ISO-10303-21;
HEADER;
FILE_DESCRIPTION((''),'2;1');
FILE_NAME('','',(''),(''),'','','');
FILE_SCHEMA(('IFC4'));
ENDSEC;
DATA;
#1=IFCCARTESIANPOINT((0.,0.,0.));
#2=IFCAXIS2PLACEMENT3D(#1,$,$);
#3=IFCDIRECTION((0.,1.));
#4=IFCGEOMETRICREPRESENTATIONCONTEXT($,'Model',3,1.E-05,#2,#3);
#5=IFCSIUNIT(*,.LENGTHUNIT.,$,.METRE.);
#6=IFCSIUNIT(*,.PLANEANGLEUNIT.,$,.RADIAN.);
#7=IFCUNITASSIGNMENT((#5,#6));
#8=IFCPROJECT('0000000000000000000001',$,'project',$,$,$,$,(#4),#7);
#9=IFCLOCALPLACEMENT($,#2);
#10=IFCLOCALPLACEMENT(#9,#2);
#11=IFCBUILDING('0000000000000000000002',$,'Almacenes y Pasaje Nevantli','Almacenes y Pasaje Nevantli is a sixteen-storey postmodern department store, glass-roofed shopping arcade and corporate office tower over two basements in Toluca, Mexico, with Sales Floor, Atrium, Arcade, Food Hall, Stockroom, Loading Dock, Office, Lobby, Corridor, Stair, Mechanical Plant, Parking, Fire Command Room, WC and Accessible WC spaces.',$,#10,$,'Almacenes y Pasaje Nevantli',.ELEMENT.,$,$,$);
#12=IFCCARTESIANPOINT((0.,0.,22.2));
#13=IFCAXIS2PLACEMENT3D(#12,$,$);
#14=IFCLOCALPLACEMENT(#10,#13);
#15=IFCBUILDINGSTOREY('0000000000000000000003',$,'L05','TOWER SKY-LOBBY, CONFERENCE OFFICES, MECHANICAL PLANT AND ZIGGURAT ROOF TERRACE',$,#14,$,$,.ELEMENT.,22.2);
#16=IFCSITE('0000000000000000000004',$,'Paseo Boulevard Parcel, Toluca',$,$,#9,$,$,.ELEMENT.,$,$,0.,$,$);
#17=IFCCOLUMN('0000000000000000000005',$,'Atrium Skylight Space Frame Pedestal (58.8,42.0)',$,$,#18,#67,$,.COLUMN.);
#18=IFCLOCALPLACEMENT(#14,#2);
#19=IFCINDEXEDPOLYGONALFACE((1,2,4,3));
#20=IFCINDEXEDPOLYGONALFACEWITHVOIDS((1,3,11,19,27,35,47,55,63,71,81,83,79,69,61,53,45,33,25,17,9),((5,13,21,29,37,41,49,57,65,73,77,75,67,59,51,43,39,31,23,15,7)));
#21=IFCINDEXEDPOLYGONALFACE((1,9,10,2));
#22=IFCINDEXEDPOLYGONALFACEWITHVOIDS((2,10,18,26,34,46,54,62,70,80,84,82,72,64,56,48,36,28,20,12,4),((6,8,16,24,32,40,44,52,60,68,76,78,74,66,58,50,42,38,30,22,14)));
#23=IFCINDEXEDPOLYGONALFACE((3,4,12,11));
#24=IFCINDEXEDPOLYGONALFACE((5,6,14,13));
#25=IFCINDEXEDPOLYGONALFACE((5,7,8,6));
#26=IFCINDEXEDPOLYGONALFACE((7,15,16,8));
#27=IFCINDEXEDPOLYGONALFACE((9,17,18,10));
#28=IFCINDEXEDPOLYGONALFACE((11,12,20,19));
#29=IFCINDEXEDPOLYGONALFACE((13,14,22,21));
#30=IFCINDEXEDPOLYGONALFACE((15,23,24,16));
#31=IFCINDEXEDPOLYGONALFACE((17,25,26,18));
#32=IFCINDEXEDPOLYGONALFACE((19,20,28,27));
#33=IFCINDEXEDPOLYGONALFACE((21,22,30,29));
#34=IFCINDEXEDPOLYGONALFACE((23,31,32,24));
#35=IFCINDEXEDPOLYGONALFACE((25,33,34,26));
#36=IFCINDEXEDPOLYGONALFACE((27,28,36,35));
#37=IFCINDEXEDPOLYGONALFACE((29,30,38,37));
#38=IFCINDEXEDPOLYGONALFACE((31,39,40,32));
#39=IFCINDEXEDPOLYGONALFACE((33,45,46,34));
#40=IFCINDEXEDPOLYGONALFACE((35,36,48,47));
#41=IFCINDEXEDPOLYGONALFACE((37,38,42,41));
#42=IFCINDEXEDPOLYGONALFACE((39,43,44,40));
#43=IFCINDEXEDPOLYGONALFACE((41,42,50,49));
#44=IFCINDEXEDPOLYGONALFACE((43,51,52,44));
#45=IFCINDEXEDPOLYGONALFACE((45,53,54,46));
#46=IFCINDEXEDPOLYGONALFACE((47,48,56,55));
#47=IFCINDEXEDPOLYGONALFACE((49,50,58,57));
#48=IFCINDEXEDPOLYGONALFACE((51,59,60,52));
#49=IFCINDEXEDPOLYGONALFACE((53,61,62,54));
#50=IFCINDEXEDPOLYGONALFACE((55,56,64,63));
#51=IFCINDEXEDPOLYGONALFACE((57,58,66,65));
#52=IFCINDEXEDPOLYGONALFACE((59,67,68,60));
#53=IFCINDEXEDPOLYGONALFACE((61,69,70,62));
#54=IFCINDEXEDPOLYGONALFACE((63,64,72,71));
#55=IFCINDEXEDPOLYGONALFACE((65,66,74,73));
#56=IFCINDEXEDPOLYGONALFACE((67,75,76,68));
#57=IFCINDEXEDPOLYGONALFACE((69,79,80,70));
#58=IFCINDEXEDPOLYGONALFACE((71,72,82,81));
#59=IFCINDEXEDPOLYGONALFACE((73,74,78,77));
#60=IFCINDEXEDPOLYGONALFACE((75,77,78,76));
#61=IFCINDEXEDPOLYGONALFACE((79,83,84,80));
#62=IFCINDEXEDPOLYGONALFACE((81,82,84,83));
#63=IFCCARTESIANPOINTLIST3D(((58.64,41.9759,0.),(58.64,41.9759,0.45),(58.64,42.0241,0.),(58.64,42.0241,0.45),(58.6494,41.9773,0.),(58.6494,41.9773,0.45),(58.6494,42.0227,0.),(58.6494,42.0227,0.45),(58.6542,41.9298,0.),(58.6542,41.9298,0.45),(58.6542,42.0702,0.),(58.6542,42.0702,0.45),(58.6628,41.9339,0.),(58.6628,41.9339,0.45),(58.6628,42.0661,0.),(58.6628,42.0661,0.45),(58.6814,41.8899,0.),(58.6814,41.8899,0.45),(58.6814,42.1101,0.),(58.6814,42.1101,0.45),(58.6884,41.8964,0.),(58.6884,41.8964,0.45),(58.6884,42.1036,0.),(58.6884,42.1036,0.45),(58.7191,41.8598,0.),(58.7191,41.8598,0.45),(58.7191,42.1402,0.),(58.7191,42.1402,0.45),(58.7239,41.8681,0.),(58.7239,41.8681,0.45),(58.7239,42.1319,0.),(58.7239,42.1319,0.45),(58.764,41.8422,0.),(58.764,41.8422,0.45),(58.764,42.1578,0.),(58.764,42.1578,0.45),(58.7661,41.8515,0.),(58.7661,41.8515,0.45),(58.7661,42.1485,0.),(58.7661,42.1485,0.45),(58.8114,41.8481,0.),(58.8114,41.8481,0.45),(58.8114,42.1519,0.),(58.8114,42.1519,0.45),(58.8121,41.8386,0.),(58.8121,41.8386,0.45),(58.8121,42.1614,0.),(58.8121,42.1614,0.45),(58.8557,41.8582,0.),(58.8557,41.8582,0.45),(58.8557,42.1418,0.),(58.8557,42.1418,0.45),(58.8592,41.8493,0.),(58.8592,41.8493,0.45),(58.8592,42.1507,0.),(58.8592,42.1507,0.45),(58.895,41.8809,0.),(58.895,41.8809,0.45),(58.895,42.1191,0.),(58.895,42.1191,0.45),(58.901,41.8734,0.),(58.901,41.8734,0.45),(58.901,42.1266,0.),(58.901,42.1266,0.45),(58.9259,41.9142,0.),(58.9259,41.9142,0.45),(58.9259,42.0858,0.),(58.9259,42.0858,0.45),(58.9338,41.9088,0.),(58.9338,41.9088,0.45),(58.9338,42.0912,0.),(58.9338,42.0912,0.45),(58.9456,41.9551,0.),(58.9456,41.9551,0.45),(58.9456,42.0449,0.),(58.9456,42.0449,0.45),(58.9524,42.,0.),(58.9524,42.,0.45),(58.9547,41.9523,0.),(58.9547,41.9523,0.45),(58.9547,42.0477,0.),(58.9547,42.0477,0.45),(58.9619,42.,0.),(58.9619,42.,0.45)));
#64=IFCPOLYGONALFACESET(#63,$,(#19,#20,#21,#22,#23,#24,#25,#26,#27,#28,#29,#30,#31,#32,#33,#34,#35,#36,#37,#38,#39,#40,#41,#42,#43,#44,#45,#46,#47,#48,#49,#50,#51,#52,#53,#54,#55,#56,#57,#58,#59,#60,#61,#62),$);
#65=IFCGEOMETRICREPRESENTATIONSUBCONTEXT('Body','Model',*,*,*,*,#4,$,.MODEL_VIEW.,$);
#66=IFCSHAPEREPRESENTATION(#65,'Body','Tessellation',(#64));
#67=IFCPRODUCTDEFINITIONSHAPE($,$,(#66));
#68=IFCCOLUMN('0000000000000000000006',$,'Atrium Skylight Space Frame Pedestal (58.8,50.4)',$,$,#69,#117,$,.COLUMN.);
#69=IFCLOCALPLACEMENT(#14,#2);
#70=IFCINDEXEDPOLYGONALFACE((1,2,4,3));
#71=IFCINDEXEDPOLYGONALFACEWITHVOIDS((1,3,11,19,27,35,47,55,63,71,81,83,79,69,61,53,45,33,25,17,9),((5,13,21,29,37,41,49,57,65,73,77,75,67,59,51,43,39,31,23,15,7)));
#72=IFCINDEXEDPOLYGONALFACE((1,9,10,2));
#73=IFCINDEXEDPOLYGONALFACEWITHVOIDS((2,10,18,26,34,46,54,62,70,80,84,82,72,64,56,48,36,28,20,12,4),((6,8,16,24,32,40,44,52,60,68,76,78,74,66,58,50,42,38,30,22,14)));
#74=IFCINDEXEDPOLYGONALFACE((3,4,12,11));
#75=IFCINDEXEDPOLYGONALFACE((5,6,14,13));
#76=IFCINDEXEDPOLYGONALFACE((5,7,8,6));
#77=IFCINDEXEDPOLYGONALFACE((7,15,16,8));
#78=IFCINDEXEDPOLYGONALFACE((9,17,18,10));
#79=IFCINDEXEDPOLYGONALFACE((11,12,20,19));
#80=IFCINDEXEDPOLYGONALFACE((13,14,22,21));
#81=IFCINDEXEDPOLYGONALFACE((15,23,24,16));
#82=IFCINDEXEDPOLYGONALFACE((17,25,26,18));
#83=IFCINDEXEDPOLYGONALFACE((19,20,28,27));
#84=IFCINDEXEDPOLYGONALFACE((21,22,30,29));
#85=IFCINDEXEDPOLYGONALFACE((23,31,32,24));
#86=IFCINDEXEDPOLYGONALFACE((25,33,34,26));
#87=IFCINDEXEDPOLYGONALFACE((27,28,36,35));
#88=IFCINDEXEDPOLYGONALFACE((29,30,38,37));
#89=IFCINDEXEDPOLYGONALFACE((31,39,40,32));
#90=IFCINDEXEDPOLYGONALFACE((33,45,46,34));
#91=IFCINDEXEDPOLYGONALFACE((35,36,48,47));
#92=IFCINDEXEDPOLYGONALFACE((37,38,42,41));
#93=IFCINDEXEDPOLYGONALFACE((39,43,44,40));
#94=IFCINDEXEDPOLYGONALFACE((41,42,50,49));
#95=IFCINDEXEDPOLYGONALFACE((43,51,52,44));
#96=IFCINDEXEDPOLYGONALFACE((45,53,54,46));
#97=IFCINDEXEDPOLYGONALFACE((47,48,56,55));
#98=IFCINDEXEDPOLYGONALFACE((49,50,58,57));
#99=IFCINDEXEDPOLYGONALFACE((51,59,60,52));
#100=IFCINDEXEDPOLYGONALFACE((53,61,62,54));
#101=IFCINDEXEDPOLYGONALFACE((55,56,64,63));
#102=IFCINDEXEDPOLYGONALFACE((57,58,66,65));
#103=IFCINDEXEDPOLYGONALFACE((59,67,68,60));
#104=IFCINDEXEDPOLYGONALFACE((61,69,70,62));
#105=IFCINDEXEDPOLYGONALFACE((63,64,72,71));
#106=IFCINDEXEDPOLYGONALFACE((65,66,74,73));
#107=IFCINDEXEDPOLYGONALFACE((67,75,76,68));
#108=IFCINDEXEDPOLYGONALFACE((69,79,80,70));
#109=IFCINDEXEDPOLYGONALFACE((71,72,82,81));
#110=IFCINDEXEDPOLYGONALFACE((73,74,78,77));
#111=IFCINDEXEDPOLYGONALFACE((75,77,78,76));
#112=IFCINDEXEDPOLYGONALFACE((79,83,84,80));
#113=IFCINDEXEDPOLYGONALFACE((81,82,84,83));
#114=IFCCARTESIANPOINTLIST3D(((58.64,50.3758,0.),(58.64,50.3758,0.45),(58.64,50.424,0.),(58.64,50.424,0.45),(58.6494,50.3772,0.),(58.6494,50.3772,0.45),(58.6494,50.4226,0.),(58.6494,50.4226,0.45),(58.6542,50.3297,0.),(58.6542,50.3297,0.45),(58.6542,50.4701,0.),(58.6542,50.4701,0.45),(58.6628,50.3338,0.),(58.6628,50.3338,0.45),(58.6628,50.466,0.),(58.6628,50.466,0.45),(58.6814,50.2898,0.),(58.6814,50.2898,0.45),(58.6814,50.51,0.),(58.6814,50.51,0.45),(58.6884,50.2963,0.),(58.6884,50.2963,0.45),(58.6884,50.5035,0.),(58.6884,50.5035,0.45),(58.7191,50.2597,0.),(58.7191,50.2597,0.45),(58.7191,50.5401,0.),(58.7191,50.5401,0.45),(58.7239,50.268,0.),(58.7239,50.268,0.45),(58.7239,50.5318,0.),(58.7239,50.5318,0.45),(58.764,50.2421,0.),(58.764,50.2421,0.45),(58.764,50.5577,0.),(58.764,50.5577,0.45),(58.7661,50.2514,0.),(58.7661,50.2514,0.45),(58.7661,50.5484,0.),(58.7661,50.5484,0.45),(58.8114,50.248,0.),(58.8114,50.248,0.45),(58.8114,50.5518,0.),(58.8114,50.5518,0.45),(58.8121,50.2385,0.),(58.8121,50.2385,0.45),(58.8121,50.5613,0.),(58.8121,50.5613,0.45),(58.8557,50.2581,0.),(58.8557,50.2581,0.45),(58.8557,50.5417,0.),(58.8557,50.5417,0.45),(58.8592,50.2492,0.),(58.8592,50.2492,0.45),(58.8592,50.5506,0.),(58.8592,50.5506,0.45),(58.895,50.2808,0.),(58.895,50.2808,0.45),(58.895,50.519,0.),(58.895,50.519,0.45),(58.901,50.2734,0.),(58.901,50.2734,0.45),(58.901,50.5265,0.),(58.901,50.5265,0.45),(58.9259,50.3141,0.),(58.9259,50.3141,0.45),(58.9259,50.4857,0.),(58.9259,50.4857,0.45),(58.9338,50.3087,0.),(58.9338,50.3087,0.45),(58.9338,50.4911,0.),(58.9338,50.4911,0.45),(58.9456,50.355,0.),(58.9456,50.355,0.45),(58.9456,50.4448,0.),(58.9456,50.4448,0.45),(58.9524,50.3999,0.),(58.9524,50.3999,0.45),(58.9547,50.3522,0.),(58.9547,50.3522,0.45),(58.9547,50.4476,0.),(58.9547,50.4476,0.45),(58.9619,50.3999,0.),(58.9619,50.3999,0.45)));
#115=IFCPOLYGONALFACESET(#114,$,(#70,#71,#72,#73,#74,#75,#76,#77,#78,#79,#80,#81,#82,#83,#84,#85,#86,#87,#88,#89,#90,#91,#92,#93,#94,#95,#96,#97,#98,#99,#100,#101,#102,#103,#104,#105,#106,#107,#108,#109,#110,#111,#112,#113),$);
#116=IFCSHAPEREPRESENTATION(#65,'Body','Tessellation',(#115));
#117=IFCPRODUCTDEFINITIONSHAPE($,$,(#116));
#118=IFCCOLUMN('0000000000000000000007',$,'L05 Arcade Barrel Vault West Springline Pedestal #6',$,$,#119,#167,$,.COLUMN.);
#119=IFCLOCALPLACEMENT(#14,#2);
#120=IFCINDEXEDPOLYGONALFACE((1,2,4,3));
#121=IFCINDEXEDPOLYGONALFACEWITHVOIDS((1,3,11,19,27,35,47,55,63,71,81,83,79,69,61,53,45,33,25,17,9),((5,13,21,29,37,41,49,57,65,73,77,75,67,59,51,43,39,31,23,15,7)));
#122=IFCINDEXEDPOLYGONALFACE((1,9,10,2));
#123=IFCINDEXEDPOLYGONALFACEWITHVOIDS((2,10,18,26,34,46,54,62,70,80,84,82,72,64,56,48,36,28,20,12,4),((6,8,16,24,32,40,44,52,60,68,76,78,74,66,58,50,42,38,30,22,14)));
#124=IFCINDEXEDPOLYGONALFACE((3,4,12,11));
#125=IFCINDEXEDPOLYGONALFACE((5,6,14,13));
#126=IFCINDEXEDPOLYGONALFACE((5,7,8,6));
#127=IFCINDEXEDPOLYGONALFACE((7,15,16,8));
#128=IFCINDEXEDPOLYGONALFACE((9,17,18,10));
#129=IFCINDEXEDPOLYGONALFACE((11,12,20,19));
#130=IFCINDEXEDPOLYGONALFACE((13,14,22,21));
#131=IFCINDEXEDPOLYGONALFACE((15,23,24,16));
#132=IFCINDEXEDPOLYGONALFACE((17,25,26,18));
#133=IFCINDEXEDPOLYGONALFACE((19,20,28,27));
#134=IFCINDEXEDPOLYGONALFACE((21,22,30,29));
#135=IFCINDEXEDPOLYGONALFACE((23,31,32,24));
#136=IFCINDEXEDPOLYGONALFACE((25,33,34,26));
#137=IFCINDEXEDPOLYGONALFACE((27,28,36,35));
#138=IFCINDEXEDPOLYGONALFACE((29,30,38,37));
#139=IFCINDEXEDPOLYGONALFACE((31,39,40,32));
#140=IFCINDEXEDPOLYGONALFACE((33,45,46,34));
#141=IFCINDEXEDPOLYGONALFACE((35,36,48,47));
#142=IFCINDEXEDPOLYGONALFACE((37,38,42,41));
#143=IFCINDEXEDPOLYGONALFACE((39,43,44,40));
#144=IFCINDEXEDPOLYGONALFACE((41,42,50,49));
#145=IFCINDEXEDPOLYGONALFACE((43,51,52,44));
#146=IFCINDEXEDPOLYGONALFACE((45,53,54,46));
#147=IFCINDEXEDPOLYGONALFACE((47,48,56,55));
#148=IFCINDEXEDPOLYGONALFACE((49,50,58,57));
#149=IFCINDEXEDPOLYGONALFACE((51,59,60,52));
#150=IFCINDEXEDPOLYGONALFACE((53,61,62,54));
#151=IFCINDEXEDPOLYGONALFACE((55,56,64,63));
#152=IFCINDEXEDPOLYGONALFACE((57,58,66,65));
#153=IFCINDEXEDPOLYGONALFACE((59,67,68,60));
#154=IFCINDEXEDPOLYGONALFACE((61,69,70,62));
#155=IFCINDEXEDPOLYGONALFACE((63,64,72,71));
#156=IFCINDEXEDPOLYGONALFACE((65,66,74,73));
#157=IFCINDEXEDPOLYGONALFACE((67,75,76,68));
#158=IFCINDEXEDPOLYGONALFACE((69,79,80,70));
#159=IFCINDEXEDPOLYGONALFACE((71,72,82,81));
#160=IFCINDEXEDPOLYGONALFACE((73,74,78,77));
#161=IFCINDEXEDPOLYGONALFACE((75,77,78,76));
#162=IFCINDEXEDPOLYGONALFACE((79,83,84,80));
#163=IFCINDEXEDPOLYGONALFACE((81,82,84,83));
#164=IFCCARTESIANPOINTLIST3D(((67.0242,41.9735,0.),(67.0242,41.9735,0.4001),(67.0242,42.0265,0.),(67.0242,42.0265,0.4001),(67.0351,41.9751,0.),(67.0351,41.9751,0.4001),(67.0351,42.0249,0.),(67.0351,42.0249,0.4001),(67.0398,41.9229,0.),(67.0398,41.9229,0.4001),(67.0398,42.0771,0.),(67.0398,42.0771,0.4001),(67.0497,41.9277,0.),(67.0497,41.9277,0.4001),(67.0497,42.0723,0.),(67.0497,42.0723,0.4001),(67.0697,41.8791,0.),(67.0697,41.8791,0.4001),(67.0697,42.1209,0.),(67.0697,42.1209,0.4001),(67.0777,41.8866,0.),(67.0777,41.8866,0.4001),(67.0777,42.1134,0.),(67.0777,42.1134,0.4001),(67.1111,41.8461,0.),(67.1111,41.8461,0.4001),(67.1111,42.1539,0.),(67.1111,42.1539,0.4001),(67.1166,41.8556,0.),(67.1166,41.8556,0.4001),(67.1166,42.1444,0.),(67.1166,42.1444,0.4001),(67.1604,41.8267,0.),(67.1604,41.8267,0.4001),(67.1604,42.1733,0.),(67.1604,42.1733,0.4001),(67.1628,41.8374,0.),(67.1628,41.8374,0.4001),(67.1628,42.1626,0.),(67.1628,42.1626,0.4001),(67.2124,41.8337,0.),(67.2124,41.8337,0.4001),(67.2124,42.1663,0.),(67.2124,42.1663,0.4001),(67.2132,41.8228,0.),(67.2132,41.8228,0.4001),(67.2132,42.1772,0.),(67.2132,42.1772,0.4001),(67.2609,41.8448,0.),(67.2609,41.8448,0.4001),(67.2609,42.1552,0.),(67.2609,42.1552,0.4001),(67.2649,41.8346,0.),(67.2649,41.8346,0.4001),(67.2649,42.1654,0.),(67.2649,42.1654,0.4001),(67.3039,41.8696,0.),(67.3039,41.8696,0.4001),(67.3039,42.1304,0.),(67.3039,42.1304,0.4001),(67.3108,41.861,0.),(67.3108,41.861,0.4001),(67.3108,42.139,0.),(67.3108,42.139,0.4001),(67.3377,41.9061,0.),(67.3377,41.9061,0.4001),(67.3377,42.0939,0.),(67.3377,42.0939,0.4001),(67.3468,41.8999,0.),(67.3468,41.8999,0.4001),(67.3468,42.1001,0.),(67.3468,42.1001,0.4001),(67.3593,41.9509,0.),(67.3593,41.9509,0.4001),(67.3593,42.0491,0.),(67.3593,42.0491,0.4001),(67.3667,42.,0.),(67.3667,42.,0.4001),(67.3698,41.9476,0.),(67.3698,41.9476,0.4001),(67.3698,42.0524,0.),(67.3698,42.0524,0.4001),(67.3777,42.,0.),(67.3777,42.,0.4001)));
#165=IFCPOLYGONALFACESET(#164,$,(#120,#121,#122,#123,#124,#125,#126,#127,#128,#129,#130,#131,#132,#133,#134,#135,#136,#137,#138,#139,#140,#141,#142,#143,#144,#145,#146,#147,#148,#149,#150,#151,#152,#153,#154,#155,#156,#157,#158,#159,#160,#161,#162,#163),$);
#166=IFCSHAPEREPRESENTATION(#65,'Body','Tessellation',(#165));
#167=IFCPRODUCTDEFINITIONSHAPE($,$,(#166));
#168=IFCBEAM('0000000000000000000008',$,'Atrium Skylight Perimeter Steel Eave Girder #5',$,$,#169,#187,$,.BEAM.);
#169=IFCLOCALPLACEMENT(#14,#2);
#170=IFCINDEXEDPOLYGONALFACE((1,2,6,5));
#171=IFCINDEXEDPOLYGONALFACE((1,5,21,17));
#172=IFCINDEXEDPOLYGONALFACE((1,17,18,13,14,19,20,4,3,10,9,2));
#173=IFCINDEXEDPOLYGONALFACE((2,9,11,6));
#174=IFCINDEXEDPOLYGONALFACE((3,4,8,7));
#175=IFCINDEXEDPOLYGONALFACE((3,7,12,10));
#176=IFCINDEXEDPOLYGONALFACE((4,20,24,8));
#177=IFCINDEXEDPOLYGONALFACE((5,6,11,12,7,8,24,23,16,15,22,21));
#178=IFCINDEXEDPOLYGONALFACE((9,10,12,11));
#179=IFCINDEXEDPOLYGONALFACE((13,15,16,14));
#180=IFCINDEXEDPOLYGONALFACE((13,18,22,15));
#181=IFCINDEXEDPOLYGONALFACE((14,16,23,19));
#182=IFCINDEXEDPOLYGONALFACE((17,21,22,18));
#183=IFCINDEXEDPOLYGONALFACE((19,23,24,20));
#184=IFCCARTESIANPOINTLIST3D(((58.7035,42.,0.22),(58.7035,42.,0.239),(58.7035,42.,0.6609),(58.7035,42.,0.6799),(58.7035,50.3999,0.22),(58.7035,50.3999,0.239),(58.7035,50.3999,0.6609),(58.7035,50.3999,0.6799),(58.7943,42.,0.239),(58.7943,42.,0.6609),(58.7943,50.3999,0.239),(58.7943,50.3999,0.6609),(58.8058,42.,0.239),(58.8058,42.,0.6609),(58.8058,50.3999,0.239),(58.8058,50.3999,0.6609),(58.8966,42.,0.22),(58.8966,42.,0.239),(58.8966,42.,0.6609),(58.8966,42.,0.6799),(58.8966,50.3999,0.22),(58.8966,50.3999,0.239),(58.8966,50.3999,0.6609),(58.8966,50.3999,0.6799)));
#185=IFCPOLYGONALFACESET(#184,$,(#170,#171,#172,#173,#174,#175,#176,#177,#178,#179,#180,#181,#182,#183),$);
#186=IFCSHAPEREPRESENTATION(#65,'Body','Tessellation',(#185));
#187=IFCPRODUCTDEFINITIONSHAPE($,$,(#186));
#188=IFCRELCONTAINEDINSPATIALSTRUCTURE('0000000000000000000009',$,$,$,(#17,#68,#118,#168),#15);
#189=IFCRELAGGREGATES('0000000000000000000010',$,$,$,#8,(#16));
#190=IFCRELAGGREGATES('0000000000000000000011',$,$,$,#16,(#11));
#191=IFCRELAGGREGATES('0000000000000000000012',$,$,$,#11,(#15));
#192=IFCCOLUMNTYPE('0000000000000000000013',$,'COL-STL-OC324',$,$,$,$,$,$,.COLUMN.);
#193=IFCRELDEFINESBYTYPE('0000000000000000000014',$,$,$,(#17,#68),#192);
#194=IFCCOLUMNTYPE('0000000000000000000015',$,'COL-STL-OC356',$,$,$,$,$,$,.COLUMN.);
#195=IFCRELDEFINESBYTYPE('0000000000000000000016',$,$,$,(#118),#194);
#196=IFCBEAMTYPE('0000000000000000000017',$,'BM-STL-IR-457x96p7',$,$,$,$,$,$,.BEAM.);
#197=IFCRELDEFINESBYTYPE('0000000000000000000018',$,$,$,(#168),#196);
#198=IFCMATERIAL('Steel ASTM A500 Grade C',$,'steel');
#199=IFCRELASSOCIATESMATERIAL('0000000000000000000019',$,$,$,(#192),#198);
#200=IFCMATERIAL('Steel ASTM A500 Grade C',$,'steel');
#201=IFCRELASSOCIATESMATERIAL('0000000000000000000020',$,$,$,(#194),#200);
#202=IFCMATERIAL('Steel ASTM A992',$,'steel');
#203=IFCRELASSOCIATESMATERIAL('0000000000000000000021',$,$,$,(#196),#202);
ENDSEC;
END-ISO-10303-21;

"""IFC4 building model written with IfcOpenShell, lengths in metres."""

from ifc_helpers import new_model, si_unit, direction, frame, origin, origin_2d, place, context, subcontext, project, spatial, hollow_circle, i_section, extrude, material, material_profile, profile_set, type_object, element, save


model = new_model("IFC4")

# Units and contexts
model_context = context("Model", 3, precision=1e-05, world=origin(), true_north=direction((0.0, 1.0)))
body_context = subcontext(model_context, "Body", "Model", "MODEL_VIEW")
ifc_project = project(units=[si_unit("LENGTHUNIT", "METRE"), si_unit("PLANEANGLEUNIT", "RADIAN")], contexts=[model_context])

# Site, building, storey
site_placement = place(None, origin())
site = spatial("IfcSite", under=ifc_project, at=site_placement, Name="Paseo Boulevard Parcel, Toluca", CompositionType="ELEMENT", RefElevation=0.0)
building_placement = place(site_placement, origin())
building = spatial("IfcBuilding", under=site, at=building_placement, Name="Almacenes y Pasaje Nevantli", Description="Almacenes y Pasaje Nevantli is a sixteen-storey postmodern department store, glass-roofed shopping arcade and corporate office tower over two basements in Toluca, Mexico, with Sales Floor, Atrium, Arcade, Food Hall, Stockroom, Loading Dock, Office, Lobby, Corridor, Stair, Mechanical Plant, Parking, Fire Command Room, WC and Accessible WC spaces.", LongName="Almacenes y Pasaje Nevantli", CompositionType="ELEMENT")
storey_placement = place(building_placement, frame((0.0, 0.0, 22.2)))
storey = spatial("IfcBuildingStorey", under=building, at=storey_placement, Name="L05", Description="TOWER SKY-LOBBY, CONFERENCE OFFICES, MECHANICAL PLANT AND ZIGGURAT ROOF TERRACE", CompositionType="ELEMENT", Elevation=22.2)

# Columns
ifc_material_1 = material(Name="Steel ASTM A500 Grade C", Category="steel")
ifc_material_profile_1 = material_profile(ifc_material_1, hollow_circle(Radius=0.1619, WallThickness=0.0095, at=origin_2d()), Name="OC 324x9.5")
ifc_profile_set_1 = profile_set([ifc_material_profile_1], Name="Steel ASTM A500 Grade C")
column_type_1 = type_object("IfcColumnType", Name="COL-STL-OC324", PredefinedType="COLUMN", material=ifc_profile_set_1)
for number, where, z_axis, x_axis, name in (
    (1, (58.8, 42.0, 0.0), (0.0, 0.0, 1.0), (1.0, 0.0, 0.0), "Atrium Skylight Space Frame Pedestal (58.8,42.0)"),
    (2, (58.8, 50.3999, 0.0), (0.0, 0.0, 1.0), (1.0, 0.0, 0.0), "Atrium Skylight Space Frame Pedestal (58.8,50.4)"),
):
    element("IfcColumn", number, at=place(storey_placement, frame(where, z_axis=z_axis, x_axis=x_axis)), inside=storey, type_object=column_type_1, Name=name, PredefinedType="COLUMN", context=body_context, shape_type="SweptSolid", body=[
        extrude(hollow_circle(Radius=0.1619, WallThickness=0.0095, at=origin_2d()), origin(), (0.0, 0.0, 1.0), 0.45),
    ])
ifc_material_2 = material(Name="Steel ASTM A500 Grade C", Category="steel")
ifc_material_profile_2 = material_profile(ifc_material_2, hollow_circle(Radius=0.1777, WallThickness=0.011, at=origin_2d()), Name="OC 356x11.1")
ifc_profile_set_2 = profile_set([ifc_material_profile_2], Name="Steel ASTM A500 Grade C")
column_type_2 = type_object("IfcColumnType", Name="COL-STL-OC356", PredefinedType="COLUMN", material=ifc_profile_set_2)
column_placement = place(storey_placement, frame((67.2, 42.0, 0.0), z_axis=(0.0, 0.0, 1.0), x_axis=(1.0, 0.0, 0.0)))
element("IfcColumn", 3, at=column_placement, inside=storey, type_object=column_type_2, Name="L05 Arcade Barrel Vault West Springline Pedestal #6", PredefinedType="COLUMN", context=body_context, shape_type="SweptSolid", body=[
    extrude(hollow_circle(Radius=0.1777, WallThickness=0.011, at=origin_2d()), origin(), (0.0, 0.0, 1.0), 0.4001),
])

# Beam
ifc_material_3 = material(Name="Steel ASTM A992", Category="steel")
ifc_material_profile_3 = material_profile(ifc_material_3, i_section(OverallWidth=0.1931, OverallDepth=0.46, WebThickness=0.0115, FlangeThickness=0.019, at=origin_2d()), Name="IR 457x96.7")
ifc_profile_set_3 = profile_set([ifc_material_profile_3], Name="Steel ASTM A992")
beam_type_1 = type_object("IfcBeamType", Name="BM-STL-IR-457x96p7", PredefinedType="BEAM", material=ifc_profile_set_3)
beam_1_placement = place(storey_placement, frame((58.8, 42.0, 0.45), z_axis=(0.0, 1.0, 0.0), x_axis=(-1.0, 0.0, 0.0)))
element("IfcBeam", 4, at=beam_1_placement, inside=storey, type_object=beam_type_1, Name="Atrium Skylight Perimeter Steel Eave Girder #5", PredefinedType="BEAM", context=body_context, shape_type="SweptSolid", body=[
    extrude(i_section(OverallWidth=0.1931, OverallDepth=0.46, WebThickness=0.0115, FlangeThickness=0.019, at=origin_2d()), origin(), (0.0, 0.0, 1.0), 8.3999),
])

save(model, "model.ifc")
